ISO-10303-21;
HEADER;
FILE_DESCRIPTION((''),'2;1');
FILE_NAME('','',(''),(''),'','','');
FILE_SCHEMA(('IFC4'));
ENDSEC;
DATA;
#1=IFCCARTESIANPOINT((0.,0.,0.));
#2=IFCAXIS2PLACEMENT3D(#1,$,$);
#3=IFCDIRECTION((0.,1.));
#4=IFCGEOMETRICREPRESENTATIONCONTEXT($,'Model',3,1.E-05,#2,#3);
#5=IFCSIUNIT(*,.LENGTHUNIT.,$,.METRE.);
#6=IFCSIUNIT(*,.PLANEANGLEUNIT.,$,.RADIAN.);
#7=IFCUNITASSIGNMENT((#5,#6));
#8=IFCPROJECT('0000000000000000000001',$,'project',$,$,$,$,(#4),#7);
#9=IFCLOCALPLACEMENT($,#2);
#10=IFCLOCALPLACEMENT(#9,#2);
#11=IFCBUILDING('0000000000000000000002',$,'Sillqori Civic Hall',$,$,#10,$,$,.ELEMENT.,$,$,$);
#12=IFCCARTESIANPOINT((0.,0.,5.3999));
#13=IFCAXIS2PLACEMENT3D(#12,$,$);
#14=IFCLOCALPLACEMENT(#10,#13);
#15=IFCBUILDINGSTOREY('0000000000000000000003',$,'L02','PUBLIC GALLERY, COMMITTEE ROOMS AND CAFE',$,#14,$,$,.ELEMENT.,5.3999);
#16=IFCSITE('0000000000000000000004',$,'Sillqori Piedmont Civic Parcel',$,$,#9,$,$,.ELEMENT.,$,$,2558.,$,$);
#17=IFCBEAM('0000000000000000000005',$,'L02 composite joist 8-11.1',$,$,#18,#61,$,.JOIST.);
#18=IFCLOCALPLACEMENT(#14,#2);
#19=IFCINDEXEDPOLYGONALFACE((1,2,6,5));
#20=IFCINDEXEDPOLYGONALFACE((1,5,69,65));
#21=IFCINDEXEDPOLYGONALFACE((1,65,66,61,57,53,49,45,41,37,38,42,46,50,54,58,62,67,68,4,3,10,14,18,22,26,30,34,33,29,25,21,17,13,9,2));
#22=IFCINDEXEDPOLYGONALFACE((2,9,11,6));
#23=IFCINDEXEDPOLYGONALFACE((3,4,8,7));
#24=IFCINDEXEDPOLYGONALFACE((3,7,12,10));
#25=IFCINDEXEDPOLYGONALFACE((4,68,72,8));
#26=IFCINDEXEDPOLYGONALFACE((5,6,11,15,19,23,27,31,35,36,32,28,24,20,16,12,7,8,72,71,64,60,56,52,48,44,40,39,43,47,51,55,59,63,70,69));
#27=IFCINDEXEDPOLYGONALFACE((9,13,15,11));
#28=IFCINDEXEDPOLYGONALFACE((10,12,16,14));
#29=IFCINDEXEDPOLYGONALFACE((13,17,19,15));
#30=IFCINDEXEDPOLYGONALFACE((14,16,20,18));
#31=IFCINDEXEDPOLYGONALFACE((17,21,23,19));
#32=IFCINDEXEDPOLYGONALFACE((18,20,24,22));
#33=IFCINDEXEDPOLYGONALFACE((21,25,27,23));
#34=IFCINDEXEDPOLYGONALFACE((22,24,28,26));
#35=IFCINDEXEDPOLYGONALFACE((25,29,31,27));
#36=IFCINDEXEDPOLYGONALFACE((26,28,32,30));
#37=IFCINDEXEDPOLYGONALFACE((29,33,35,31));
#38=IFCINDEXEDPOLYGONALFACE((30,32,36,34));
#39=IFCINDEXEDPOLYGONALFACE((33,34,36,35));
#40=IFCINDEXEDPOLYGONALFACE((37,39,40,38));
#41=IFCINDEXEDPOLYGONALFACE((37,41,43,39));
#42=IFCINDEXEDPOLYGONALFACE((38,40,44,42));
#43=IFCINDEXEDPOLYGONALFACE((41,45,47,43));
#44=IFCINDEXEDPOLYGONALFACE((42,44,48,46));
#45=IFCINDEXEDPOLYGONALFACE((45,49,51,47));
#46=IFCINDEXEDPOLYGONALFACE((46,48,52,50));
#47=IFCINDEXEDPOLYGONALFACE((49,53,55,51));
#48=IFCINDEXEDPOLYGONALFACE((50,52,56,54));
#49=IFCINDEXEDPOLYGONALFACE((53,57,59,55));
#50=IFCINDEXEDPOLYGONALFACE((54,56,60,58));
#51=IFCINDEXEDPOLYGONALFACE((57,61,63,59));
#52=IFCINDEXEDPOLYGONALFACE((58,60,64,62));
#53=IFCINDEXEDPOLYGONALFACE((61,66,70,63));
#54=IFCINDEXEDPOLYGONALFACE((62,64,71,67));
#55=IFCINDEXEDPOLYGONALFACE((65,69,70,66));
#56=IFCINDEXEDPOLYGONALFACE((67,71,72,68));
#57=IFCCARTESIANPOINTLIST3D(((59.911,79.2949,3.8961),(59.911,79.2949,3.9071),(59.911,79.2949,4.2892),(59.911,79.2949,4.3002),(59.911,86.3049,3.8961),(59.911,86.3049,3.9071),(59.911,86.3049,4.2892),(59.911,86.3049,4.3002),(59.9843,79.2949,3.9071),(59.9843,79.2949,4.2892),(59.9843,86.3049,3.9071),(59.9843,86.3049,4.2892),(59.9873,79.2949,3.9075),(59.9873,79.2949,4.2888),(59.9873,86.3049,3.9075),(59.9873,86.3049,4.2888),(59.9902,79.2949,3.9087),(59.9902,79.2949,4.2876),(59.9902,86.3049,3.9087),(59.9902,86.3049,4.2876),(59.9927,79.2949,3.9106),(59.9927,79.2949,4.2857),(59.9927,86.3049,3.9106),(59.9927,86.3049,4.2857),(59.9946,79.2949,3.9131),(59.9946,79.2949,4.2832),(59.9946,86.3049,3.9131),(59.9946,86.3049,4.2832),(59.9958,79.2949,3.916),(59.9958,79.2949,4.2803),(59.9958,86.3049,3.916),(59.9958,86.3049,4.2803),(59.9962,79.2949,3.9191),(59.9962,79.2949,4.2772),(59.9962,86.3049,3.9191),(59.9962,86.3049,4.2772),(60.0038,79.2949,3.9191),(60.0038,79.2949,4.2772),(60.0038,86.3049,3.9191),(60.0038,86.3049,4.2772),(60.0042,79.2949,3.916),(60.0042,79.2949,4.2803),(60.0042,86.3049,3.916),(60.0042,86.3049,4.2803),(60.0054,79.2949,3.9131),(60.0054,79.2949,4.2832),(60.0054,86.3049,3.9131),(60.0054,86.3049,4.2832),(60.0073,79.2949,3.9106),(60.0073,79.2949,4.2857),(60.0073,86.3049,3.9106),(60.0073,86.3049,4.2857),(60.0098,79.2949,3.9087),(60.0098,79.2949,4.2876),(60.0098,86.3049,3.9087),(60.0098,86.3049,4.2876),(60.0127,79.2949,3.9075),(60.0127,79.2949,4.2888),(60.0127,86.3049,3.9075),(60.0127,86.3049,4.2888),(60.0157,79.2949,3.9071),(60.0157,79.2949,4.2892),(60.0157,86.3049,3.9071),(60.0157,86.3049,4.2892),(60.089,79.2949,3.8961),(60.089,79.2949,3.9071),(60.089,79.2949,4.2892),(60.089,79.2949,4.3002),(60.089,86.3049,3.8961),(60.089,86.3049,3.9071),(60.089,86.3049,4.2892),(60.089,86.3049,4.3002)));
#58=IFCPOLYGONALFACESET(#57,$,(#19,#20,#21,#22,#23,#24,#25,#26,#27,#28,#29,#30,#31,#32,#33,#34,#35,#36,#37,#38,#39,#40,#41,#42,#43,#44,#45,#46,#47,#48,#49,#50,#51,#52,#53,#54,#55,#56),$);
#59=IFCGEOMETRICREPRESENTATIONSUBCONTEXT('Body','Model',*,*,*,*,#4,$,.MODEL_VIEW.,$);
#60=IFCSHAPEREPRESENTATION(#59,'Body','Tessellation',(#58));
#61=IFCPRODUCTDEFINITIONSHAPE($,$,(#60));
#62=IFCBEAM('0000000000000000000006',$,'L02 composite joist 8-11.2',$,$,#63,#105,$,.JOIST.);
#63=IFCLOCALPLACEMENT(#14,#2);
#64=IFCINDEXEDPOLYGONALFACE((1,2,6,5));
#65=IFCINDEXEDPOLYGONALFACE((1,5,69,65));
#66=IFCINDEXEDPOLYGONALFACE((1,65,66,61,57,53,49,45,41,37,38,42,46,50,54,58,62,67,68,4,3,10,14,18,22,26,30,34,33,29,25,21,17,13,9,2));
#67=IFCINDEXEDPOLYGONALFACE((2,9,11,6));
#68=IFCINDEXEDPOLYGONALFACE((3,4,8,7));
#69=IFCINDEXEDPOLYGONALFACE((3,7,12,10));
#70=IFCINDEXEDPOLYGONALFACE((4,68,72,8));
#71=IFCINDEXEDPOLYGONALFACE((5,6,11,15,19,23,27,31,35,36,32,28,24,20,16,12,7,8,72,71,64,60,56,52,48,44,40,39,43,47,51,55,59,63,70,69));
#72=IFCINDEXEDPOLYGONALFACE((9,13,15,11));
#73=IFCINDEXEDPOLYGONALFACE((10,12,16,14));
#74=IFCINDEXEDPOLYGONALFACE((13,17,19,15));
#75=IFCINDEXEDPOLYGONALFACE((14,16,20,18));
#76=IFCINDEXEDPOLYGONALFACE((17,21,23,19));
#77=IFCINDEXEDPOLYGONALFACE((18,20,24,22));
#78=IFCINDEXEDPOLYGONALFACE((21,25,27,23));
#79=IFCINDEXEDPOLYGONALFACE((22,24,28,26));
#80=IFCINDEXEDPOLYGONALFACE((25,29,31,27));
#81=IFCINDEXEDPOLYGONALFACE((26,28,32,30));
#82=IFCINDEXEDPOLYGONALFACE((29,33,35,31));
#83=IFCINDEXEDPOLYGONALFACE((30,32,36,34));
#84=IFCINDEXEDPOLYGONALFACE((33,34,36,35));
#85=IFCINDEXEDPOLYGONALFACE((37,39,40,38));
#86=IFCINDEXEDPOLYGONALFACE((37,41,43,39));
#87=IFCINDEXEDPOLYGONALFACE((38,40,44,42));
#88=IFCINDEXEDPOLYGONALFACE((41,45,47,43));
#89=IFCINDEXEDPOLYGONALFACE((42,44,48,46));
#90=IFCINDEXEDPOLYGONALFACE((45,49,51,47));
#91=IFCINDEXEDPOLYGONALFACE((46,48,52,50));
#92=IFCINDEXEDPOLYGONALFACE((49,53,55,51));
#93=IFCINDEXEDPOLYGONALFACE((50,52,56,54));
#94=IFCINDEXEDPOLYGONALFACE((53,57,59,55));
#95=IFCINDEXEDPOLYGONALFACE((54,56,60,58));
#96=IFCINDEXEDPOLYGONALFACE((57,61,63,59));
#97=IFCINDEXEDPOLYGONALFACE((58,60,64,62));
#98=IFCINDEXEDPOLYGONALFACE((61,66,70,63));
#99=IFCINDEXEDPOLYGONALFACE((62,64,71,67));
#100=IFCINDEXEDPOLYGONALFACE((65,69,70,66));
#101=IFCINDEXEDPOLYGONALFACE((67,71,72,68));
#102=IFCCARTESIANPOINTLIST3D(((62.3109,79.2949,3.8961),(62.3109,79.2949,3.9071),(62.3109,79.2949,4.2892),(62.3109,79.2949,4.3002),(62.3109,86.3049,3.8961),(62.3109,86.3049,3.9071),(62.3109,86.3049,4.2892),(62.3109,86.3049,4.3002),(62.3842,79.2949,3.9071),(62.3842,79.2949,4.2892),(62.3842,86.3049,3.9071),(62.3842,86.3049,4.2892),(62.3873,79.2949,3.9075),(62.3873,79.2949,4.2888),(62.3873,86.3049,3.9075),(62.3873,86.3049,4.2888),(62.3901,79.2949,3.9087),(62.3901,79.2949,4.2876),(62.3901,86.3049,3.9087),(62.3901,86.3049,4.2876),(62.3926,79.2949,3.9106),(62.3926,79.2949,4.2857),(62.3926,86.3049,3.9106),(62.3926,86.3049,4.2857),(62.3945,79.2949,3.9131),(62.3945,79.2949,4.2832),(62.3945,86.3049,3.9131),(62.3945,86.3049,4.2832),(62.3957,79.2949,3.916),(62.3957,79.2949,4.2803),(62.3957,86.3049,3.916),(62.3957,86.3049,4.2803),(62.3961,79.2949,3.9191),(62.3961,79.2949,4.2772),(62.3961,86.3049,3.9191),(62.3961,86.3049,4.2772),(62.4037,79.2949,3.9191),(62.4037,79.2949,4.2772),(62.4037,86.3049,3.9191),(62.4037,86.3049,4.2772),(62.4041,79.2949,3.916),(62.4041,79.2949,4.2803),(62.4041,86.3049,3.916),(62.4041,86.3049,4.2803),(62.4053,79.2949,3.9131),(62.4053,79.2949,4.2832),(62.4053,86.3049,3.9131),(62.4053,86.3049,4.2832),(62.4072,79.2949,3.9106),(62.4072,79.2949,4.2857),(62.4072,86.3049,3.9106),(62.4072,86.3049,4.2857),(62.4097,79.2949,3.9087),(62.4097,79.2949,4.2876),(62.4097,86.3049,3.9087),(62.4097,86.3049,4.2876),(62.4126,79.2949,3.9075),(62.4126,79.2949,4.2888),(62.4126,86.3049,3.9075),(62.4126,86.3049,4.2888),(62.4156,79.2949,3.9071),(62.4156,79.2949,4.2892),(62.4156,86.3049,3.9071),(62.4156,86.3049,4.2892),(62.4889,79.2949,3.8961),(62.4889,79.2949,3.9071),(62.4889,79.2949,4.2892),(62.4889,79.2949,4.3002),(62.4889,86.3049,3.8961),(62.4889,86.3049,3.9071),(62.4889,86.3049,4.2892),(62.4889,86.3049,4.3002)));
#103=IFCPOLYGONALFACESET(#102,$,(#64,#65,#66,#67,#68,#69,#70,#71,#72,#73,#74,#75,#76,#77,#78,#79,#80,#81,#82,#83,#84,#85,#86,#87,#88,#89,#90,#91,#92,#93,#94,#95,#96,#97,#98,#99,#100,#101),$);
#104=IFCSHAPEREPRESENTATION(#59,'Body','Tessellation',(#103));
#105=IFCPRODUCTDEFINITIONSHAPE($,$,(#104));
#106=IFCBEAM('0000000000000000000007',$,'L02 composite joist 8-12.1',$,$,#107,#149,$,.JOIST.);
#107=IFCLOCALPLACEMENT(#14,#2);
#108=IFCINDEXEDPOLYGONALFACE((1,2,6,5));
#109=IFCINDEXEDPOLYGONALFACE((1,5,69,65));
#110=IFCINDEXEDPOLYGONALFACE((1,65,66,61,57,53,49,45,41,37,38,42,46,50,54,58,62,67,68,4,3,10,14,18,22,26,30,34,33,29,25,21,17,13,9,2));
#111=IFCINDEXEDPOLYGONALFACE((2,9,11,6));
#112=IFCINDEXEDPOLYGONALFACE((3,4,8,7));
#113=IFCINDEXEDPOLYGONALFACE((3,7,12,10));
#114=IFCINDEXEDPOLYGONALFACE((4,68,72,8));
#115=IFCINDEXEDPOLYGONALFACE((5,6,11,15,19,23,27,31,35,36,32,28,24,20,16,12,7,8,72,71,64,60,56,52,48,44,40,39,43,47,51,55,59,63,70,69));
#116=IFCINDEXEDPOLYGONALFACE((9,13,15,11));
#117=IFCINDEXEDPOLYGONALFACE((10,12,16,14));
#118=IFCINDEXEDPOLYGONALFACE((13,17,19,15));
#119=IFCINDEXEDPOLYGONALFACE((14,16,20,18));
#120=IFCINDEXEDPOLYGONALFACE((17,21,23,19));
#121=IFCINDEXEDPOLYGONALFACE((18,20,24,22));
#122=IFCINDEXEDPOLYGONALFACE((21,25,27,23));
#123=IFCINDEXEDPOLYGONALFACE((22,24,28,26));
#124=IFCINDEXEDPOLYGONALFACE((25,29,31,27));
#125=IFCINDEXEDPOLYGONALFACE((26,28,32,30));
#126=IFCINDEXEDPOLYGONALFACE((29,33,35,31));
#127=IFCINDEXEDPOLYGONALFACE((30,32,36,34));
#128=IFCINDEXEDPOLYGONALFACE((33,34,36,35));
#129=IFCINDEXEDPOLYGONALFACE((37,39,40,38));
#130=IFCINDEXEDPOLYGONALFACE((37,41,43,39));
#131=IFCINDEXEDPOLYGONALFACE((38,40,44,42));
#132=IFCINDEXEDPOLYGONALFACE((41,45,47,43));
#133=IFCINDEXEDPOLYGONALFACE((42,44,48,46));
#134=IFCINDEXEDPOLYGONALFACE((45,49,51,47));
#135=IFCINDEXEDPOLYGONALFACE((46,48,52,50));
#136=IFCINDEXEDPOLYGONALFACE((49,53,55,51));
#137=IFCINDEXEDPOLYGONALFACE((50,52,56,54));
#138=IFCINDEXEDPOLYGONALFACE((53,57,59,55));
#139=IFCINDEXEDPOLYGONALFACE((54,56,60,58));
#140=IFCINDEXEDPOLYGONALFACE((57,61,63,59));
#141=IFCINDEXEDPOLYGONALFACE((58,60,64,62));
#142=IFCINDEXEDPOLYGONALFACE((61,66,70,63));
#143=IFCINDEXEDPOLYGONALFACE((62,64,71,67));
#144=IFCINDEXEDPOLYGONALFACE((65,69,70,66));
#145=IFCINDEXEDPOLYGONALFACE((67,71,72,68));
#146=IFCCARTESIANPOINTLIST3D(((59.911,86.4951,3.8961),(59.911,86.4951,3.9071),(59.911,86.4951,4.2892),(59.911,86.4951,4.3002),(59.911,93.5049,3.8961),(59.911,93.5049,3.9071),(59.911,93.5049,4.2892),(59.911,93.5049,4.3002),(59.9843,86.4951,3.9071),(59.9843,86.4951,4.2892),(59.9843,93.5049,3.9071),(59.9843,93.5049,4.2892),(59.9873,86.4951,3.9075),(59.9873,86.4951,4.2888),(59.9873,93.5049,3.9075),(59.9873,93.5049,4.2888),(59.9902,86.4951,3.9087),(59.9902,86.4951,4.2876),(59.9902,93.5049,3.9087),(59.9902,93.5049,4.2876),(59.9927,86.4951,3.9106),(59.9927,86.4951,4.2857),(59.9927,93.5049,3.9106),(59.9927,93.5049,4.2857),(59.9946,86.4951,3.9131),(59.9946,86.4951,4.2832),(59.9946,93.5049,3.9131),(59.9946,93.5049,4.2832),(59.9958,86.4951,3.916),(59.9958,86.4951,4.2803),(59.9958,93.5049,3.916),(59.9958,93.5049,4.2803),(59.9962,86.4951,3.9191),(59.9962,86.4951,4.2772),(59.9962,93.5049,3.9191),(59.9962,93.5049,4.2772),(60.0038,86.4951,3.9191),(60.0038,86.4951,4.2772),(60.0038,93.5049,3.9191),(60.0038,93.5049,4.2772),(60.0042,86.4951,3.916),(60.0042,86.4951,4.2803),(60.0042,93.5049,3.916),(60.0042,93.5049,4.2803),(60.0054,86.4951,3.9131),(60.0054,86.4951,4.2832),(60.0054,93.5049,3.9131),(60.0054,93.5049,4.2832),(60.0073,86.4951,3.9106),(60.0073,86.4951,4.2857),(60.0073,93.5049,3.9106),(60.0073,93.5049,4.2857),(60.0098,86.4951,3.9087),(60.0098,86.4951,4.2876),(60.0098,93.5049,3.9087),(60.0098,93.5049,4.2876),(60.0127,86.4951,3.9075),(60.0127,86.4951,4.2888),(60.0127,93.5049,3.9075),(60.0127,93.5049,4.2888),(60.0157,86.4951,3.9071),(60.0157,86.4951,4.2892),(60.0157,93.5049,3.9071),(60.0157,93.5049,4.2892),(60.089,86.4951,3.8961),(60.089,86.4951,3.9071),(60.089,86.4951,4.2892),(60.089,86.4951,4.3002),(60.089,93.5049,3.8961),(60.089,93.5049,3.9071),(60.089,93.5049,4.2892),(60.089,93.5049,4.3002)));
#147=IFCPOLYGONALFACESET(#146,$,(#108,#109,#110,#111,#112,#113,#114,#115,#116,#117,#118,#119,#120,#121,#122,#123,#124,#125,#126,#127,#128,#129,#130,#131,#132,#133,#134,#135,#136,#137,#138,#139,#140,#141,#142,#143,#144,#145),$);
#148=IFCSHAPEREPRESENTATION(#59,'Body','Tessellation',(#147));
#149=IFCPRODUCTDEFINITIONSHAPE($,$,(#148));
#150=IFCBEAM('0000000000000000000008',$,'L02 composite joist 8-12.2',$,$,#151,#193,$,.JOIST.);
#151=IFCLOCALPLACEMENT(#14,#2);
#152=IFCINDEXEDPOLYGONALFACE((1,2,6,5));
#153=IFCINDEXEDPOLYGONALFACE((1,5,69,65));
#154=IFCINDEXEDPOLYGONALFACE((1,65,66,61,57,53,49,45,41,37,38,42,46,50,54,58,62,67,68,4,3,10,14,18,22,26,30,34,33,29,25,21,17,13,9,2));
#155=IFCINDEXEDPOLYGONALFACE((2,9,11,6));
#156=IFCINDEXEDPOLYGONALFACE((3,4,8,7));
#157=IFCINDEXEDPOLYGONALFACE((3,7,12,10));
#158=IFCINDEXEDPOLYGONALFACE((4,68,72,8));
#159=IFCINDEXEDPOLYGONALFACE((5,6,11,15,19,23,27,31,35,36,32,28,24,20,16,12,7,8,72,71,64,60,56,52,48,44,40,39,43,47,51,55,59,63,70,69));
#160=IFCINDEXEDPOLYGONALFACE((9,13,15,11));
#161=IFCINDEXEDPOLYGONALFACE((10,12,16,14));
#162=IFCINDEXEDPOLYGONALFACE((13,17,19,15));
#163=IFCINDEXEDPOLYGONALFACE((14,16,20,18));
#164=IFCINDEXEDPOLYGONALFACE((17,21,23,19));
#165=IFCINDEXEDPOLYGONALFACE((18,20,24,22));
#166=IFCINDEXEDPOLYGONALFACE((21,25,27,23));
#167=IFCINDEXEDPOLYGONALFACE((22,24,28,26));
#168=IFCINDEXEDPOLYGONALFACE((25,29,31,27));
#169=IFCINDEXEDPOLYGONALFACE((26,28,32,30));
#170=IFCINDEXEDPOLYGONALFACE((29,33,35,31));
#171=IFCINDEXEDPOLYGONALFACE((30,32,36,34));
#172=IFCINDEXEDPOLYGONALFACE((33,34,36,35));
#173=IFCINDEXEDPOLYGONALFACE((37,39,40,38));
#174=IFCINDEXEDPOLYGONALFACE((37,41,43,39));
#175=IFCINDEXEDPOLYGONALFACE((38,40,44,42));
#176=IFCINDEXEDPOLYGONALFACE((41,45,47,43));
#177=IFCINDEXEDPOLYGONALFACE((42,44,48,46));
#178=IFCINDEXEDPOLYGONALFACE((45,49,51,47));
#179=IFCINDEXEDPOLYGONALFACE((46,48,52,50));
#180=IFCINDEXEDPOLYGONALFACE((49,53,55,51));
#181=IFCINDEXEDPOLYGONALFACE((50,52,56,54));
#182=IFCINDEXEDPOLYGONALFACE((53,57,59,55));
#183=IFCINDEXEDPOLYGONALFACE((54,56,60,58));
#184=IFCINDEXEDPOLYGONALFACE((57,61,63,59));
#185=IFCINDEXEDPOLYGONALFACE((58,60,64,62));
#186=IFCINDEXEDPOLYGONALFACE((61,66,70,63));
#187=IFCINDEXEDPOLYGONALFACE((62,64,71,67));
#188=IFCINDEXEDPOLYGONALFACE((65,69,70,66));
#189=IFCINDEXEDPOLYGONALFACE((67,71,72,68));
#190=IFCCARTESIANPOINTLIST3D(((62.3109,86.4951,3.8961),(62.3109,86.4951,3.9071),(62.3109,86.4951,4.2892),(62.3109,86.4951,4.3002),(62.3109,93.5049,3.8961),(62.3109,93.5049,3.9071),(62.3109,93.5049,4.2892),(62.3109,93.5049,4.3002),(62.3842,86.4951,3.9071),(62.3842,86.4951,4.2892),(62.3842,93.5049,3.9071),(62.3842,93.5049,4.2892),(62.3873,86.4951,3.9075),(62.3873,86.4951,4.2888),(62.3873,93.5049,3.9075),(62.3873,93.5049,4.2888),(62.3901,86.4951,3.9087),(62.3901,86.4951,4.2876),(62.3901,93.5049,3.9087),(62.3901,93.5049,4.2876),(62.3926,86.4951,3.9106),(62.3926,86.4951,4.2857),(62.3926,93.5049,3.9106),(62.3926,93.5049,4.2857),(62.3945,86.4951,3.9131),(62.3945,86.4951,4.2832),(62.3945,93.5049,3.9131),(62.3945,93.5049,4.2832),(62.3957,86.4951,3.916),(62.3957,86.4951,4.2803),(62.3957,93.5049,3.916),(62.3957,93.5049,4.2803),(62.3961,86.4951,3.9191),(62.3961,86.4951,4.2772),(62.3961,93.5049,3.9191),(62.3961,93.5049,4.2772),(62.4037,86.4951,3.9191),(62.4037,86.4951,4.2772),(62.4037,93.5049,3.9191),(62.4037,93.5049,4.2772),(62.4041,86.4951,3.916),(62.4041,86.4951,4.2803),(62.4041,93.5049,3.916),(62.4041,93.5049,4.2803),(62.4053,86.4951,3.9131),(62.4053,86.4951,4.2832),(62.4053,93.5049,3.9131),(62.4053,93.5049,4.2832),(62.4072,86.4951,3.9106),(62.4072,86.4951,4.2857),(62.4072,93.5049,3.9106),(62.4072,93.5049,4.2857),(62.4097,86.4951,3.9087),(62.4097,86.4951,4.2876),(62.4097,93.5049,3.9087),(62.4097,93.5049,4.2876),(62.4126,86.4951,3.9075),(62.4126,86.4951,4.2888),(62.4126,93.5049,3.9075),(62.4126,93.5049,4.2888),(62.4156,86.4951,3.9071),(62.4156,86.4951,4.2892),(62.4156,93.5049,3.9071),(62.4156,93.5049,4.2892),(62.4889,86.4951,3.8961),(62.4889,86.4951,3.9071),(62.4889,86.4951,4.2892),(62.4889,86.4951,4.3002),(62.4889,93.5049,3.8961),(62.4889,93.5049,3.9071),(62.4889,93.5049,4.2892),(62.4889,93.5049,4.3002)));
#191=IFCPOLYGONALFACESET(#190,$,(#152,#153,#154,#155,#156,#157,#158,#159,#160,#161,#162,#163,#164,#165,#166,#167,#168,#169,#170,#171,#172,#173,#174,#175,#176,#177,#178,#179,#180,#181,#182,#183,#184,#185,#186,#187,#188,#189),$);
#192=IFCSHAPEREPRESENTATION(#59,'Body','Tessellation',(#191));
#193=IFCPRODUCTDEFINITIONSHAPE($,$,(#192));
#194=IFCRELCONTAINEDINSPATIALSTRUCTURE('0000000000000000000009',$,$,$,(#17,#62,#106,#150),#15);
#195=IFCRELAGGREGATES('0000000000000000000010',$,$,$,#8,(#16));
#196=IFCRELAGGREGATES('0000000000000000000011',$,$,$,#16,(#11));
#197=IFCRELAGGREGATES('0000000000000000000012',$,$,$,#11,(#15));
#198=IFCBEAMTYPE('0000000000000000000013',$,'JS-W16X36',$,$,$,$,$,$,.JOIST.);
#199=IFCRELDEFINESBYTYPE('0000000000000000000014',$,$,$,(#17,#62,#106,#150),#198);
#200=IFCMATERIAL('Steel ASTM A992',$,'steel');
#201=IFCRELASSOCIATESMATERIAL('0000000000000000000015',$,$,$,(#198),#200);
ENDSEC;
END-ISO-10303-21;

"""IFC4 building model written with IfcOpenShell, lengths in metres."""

from ifc_helpers import new_model, si_unit, direction, frame, origin, origin_2d, place, context, subcontext, project, spatial, i_section, extrude, material, material_profile, profile_set, type_object, element, save


model = new_model("IFC4")

# Units and contexts
model_context = context("Model", 3, precision=1e-05, world=origin(), true_north=direction((0.0, 1.0)))
body_context = subcontext(model_context, "Body", "Model", "MODEL_VIEW")
ifc_project = project(units=[si_unit("LENGTHUNIT", "METRE"), si_unit("PLANEANGLEUNIT", "RADIAN")], contexts=[model_context])

# Site, building, storey
site_placement = place(None, origin())
site = spatial("IfcSite", under=ifc_project, at=site_placement, Name="Sillqori Piedmont Civic Parcel", CompositionType="ELEMENT", RefElevation=2558.0)
building_placement = place(site_placement, origin())
building = spatial("IfcBuilding", under=site, at=building_placement, Name="Sillqori Civic Hall", CompositionType="ELEMENT")
storey_placement = place(building_placement, frame((0.0, 0.0, 5.3999)))
storey = spatial("IfcBuildingStorey", under=building, at=storey_placement, Name="L02", Description="PUBLIC GALLERY, COMMITTEE ROOMS AND CAFE", CompositionType="ELEMENT", Elevation=5.3999)

# Shared definitions
ifc_material_1 = material(Name="Steel ASTM A992", Category="steel")

# Beams
ifc_material_profile_1 = material_profile(ifc_material_1, i_section(OverallWidth=0.178, OverallDepth=0.4041, WebThickness=0.0076, FlangeThickness=0.011, FilletRadius=0.012, at=origin_2d()), Name="W16X36")
ifc_profile_set_1 = profile_set([ifc_material_profile_1], Name="Steel ASTM A992")
beam_type_1 = type_object("IfcBeamType", Name="JS-W16X36", PredefinedType="JOIST", material=ifc_profile_set_1)
for number, where, z_axis, x_axis, name in (
    (1, (60.0, 79.2949, 4.0981), (0.0, 1.0, 0.0), (-1.0, 0.0, 0.0), "L02 composite joist 8-11.1"),
    (2, (62.3999, 79.2949, 4.0981), (0.0, 1.0, 0.0), (-1.0, 0.0, 0.0), "L02 composite joist 8-11.2"),
):
    element("IfcBeam", number, at=place(storey_placement, frame(where, z_axis=z_axis, x_axis=x_axis)), inside=storey, type_object=beam_type_1, Name=name, PredefinedType="JOIST", context=body_context, shape_type="SweptSolid", body=[
        extrude(i_section(OverallWidth=0.178, OverallDepth=0.4041, WebThickness=0.0076, FlangeThickness=0.011, FilletRadius=0.012, at=origin_2d()), origin(), (0.0, 0.0, 1.0), 7.01),
    ])
for number, where, z_axis, x_axis, name in (
    (3, (60.0, 86.4951, 4.0981), (0.0, 1.0, 0.0), (-1.0, 0.0, 0.0), "L02 composite joist 8-12.1"),
    (4, (62.3999, 86.4951, 4.0981), (0.0, 1.0, 0.0), (-1.0, 0.0, 0.0), "L02 composite joist 8-12.2"),
):
    element("IfcBeam", number, at=place(storey_placement, frame(where, z_axis=z_axis, x_axis=x_axis)), inside=storey, type_object=beam_type_1, Name=name, PredefinedType="JOIST", context=body_context, shape_type="SweptSolid", body=[
        extrude(i_section(OverallWidth=0.178, OverallDepth=0.4041, WebThickness=0.0076, FlangeThickness=0.011, FilletRadius=0.012, at=origin_2d()), origin(), (0.0, 0.0, 1.0), 7.0098),
    ])

save(model, "model.ifc")
